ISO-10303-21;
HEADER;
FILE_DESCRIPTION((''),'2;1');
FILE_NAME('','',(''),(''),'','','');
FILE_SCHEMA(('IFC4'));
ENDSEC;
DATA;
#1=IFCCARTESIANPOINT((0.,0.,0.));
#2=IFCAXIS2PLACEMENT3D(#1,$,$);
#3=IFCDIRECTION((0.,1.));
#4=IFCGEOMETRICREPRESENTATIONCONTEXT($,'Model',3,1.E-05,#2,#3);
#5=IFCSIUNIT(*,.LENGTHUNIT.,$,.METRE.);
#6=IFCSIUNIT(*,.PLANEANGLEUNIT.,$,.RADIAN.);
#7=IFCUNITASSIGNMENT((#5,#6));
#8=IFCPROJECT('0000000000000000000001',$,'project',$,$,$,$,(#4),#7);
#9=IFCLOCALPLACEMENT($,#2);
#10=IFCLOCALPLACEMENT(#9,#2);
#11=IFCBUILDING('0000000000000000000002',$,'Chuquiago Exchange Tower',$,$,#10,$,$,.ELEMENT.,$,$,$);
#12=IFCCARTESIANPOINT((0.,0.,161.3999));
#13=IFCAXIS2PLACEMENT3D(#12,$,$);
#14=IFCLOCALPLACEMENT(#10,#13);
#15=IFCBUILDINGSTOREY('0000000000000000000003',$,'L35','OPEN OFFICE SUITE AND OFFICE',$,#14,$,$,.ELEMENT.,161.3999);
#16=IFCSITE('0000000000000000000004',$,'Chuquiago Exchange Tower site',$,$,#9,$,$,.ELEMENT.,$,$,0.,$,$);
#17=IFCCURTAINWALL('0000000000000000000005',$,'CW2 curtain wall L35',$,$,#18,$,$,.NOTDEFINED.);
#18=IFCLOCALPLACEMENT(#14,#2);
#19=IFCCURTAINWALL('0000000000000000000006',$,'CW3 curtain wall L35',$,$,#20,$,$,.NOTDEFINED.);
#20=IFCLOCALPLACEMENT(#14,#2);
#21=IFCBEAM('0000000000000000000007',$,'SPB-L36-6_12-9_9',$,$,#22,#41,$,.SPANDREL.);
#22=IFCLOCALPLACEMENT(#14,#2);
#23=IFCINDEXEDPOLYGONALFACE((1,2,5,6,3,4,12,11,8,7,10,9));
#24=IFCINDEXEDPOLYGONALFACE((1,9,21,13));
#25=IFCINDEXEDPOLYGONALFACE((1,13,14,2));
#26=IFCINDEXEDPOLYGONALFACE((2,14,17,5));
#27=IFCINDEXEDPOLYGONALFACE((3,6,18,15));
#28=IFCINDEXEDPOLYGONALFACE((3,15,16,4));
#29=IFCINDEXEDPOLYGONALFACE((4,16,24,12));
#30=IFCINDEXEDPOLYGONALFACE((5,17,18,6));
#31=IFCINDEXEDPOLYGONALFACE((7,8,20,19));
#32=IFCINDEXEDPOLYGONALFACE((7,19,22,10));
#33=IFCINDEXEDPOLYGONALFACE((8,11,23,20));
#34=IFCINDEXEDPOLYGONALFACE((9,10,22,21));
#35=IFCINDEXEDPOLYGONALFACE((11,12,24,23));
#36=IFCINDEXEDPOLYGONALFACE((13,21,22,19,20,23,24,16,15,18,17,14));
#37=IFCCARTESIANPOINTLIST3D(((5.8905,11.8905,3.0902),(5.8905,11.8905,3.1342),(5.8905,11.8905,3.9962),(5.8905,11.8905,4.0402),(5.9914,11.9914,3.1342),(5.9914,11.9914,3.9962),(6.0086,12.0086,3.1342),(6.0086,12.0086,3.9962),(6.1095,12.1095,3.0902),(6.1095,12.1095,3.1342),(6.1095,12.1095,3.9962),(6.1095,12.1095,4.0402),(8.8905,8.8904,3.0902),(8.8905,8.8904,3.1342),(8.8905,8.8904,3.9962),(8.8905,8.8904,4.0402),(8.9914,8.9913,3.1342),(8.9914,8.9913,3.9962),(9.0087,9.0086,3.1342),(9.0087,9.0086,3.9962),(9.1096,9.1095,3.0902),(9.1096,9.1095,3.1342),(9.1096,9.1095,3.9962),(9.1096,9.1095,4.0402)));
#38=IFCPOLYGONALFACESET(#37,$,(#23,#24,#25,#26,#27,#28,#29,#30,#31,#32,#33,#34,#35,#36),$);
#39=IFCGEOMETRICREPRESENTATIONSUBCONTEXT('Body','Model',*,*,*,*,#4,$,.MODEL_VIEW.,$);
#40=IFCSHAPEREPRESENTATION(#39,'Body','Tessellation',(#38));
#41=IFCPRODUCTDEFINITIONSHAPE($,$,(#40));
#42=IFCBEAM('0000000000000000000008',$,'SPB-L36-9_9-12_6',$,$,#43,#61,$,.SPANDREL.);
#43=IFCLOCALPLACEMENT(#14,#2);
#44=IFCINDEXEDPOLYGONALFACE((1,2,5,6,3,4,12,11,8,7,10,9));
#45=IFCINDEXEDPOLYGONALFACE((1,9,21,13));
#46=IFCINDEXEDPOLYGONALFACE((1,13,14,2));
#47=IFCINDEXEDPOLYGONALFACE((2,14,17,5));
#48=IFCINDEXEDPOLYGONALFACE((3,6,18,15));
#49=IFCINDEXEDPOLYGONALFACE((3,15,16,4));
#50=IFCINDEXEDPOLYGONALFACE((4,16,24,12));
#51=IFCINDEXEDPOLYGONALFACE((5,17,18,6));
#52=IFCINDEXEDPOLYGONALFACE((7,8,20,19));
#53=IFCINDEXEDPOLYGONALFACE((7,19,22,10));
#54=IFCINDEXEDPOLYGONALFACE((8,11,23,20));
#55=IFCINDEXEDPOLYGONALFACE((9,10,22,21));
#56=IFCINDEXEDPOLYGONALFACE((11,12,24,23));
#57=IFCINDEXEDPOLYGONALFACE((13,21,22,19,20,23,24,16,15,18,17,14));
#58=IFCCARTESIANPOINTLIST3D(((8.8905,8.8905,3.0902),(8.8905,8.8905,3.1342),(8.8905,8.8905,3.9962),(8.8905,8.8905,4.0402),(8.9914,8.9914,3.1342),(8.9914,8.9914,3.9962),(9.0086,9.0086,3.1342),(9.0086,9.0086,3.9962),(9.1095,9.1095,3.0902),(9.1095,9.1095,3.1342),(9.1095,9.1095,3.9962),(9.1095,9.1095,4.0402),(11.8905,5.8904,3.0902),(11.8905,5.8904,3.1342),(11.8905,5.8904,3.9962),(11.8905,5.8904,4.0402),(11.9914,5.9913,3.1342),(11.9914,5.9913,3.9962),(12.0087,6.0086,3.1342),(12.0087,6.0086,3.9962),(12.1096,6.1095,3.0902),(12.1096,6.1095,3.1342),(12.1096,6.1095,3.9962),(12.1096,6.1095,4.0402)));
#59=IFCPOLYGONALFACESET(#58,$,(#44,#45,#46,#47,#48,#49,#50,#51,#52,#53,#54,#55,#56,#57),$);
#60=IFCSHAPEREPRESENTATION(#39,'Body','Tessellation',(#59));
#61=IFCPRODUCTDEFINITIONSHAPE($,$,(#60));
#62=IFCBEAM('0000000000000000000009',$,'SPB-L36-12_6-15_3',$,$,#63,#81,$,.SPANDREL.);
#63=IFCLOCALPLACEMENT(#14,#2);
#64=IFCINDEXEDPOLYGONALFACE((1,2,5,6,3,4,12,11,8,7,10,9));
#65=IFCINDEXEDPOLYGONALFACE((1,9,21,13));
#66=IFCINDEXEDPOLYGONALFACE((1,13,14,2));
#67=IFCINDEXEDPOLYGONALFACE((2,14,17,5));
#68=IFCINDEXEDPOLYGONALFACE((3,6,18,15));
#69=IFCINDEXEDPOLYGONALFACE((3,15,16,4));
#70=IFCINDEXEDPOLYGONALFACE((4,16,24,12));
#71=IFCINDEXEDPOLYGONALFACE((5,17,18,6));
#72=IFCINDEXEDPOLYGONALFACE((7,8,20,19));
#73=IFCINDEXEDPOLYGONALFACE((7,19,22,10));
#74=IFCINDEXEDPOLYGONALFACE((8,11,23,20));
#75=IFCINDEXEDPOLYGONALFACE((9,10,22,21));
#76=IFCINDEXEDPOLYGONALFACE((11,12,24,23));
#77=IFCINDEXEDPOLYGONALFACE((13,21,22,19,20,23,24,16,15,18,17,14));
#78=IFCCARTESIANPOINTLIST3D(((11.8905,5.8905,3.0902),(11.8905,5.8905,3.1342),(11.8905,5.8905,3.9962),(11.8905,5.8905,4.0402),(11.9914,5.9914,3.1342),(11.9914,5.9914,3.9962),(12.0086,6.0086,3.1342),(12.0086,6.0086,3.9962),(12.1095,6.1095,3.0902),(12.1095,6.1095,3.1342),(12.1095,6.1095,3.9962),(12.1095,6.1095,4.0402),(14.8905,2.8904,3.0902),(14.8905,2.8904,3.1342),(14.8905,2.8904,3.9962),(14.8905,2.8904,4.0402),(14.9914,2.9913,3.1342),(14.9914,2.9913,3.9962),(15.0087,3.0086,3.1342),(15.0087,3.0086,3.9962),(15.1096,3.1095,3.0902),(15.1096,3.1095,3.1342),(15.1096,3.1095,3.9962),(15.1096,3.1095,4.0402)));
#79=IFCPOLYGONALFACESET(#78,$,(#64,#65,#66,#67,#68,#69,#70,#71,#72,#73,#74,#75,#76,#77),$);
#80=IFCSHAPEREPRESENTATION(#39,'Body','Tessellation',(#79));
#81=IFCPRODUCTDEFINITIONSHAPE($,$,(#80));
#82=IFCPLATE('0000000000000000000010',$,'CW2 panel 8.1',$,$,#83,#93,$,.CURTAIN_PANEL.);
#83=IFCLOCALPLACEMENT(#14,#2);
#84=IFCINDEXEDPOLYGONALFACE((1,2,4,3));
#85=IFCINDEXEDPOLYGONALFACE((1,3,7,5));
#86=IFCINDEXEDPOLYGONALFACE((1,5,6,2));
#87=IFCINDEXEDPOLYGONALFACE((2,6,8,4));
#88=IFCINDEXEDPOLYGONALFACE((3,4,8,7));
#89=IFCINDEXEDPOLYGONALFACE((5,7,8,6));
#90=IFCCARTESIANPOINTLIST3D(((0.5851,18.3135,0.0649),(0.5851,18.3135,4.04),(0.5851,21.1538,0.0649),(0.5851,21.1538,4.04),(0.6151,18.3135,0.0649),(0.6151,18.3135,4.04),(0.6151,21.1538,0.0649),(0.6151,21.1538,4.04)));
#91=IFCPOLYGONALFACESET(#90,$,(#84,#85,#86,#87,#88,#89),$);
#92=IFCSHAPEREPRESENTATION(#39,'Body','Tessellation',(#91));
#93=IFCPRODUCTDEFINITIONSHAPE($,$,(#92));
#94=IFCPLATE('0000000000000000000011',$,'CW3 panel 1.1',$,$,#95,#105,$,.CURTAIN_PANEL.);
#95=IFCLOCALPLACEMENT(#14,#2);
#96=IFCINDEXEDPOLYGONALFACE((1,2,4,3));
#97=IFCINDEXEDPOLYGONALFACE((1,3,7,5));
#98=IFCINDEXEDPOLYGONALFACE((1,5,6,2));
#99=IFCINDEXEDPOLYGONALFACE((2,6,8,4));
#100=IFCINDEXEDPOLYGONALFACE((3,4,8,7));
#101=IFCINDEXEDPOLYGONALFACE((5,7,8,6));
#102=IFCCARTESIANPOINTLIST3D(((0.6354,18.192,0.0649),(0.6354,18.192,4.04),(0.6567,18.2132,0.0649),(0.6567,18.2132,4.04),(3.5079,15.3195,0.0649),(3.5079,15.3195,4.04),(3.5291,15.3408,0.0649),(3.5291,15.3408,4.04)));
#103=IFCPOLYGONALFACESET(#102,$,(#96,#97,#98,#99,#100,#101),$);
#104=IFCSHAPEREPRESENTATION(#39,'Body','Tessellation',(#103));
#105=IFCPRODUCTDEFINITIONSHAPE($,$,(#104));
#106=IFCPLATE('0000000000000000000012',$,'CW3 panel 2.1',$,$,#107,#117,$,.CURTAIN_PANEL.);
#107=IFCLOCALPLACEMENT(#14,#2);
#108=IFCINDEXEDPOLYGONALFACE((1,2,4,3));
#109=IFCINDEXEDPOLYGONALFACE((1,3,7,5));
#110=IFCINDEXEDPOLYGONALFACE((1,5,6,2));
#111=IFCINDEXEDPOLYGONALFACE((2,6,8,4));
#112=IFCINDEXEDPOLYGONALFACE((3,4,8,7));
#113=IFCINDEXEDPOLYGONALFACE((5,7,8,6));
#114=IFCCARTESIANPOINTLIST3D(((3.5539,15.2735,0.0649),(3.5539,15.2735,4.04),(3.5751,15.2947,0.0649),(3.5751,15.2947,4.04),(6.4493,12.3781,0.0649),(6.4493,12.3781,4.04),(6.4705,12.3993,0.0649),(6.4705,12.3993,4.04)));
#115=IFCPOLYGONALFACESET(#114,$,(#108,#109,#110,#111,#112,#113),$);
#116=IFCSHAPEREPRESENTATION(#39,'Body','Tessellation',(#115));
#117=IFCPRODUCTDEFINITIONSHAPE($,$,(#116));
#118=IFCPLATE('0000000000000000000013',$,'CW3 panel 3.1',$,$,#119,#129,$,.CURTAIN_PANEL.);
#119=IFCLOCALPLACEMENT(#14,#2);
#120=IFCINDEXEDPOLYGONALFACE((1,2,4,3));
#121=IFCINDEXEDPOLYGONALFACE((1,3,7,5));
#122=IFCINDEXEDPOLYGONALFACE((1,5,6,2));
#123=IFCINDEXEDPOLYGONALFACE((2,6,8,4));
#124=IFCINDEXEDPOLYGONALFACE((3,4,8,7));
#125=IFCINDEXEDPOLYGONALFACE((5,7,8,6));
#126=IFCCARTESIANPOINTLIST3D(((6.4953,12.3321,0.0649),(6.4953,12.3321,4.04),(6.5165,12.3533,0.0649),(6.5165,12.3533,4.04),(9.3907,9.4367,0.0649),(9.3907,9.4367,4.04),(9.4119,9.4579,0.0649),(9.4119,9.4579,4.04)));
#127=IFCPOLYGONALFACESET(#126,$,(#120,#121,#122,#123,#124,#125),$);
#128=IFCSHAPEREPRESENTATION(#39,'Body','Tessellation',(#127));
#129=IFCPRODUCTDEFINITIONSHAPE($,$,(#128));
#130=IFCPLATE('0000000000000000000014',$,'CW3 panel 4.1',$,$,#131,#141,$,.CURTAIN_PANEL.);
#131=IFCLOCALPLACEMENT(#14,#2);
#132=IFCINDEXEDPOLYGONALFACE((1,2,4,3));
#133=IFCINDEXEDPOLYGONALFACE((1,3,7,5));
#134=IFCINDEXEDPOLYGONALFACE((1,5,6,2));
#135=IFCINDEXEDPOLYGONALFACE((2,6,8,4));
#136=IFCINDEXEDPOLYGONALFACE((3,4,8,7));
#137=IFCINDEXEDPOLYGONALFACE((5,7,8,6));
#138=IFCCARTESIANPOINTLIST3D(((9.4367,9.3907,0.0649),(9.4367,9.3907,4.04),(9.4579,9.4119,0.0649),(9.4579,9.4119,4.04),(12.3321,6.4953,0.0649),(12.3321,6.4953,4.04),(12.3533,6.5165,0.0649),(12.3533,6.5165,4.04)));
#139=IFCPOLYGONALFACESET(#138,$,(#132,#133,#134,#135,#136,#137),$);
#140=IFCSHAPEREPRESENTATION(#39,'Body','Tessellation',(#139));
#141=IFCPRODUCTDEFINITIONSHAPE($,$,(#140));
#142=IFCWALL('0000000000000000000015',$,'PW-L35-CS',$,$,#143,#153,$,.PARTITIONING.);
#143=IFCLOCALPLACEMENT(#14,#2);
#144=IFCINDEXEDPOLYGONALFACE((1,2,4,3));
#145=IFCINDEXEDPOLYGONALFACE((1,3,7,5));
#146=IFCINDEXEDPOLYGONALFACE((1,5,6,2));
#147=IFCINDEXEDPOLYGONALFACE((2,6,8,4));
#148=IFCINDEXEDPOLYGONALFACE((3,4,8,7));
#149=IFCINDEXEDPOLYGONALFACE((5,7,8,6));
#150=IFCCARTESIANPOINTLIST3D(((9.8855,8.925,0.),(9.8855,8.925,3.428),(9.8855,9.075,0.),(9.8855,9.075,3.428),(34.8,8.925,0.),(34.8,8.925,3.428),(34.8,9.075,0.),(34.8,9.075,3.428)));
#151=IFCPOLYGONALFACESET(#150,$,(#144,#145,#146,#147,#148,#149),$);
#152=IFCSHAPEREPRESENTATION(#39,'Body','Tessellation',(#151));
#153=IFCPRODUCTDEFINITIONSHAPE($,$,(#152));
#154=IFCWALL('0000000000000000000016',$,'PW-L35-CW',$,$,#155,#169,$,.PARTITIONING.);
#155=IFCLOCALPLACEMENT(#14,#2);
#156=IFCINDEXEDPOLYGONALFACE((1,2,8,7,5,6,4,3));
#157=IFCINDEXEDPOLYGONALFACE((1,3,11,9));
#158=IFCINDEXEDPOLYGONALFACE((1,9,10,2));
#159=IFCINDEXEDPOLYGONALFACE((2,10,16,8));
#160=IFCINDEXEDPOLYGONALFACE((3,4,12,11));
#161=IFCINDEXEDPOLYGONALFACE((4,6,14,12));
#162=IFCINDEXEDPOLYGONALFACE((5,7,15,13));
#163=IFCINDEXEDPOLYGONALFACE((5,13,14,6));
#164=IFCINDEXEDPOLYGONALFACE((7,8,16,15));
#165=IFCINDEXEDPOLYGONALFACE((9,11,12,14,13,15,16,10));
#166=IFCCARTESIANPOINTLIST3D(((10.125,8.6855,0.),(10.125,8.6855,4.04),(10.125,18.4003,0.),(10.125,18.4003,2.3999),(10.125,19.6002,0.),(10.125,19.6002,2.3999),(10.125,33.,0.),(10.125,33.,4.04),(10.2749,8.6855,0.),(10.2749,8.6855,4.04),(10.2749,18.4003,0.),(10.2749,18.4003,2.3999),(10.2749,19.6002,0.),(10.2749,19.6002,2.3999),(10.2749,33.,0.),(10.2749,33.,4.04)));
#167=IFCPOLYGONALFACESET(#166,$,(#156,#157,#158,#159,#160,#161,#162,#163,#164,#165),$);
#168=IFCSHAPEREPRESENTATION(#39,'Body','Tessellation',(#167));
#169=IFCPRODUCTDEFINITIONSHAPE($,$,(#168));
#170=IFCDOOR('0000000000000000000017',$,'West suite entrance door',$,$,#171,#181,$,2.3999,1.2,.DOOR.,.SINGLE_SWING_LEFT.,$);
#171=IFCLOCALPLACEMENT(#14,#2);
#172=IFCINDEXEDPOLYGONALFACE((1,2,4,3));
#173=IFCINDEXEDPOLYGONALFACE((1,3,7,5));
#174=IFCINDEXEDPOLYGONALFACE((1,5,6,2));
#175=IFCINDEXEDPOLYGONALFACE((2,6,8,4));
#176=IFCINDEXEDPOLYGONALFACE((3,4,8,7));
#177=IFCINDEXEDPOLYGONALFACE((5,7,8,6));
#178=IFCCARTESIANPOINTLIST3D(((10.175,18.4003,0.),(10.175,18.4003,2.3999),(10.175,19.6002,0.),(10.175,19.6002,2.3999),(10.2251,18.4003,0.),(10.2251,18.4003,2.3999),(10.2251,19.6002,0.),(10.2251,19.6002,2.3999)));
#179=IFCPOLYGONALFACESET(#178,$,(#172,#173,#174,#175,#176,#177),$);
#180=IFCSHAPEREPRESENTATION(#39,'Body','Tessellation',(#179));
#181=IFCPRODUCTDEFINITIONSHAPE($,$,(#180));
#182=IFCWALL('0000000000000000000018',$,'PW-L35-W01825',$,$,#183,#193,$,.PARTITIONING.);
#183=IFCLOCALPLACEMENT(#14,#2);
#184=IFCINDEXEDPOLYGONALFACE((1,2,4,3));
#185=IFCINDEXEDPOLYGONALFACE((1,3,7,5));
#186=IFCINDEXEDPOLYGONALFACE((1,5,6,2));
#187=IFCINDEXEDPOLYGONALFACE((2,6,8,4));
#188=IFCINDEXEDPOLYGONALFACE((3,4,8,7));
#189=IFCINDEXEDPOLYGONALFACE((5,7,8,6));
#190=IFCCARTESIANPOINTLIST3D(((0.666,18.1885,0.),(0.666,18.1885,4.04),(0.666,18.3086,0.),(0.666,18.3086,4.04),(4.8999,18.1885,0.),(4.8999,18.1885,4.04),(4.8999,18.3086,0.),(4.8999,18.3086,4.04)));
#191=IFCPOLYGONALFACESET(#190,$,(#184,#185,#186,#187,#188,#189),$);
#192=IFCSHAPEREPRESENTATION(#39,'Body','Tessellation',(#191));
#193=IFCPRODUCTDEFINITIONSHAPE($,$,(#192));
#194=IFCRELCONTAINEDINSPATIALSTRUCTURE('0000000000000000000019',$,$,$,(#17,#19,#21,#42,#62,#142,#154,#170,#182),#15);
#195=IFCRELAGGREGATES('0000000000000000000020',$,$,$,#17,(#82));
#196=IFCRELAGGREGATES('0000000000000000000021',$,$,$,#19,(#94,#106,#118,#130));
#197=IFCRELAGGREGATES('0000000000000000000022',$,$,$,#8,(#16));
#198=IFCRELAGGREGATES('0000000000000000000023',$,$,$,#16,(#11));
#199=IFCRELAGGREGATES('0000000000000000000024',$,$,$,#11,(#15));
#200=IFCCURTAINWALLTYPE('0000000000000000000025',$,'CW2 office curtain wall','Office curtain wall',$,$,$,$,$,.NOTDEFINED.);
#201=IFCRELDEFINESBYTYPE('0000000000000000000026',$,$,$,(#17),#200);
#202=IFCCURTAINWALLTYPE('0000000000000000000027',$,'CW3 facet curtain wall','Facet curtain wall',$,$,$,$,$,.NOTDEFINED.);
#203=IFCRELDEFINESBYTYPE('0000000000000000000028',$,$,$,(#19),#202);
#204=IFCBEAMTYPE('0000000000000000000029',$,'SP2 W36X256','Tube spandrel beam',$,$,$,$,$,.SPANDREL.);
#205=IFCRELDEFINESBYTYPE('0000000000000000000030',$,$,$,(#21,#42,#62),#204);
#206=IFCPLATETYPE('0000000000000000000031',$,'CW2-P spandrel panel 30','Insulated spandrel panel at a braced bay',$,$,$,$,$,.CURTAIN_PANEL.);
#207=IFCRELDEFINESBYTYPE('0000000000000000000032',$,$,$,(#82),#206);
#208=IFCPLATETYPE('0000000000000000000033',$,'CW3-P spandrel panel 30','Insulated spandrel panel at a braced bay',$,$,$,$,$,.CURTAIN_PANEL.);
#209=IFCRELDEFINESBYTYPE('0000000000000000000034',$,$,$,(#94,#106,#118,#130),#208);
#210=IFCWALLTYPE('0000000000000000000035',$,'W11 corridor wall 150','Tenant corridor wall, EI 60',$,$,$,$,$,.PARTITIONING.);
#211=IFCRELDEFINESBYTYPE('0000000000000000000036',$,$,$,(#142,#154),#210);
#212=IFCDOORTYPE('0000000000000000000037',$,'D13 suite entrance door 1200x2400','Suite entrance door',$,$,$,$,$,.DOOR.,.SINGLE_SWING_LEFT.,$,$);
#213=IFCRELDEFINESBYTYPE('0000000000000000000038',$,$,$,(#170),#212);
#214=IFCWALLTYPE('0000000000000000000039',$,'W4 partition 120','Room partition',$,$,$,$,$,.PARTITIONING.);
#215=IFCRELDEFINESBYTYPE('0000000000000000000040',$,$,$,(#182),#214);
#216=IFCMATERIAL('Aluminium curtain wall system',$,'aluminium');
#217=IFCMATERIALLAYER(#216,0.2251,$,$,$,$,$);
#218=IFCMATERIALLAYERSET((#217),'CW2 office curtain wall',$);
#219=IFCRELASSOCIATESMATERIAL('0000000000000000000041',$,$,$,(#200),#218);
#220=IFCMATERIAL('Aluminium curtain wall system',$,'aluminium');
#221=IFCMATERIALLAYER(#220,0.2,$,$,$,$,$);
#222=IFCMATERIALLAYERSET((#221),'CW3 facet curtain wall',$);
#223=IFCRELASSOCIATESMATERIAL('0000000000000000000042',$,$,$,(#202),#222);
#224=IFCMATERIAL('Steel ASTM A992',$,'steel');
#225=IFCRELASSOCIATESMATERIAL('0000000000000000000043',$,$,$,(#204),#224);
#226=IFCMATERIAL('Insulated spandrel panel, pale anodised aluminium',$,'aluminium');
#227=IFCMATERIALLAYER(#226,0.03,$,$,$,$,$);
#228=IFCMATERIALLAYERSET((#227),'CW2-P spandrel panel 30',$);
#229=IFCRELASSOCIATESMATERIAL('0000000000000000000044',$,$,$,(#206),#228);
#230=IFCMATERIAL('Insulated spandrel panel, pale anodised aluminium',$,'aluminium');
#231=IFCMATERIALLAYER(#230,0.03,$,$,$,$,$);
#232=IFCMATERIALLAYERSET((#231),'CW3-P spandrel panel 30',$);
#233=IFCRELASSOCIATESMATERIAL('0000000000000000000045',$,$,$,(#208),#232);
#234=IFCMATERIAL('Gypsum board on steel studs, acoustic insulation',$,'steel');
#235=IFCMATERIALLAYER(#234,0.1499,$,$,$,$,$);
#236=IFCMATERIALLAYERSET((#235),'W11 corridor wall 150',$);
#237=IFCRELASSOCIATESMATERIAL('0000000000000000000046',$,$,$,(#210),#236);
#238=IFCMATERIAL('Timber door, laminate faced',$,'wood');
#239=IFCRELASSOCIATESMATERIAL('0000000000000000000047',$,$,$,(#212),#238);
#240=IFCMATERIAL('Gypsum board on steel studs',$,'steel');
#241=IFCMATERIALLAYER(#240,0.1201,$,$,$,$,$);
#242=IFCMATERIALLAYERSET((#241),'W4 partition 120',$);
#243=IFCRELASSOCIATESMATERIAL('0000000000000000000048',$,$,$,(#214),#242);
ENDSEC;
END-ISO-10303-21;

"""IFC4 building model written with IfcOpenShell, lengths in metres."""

from ifc_helpers import new_model, si_unit, direction, frame, frame_2d, origin, origin_2d, place, context, subcontext, project, spatial, rectangle, i_section, extrude, material, layer, layer_set, material_profile, profile_set, type_object, element, fill, aggregate, save


model = new_model("IFC4")

# Units and contexts
model_context = context("Model", 3, precision=1e-05, world=origin(), true_north=direction((0.0, 1.0)))
body_context = subcontext(model_context, "Body", "Model", "MODEL_VIEW")
ifc_project = project(units=[si_unit("LENGTHUNIT", "METRE"), si_unit("PLANEANGLEUNIT", "RADIAN")], contexts=[model_context])

# Site, building, storey
site_placement = place(None, origin())
site = spatial("IfcSite", under=ifc_project, at=site_placement, Name="Chuquiago Exchange Tower site", CompositionType="ELEMENT", RefElevation=0.0)
building_placement = place(site_placement, origin())
building = spatial("IfcBuilding", under=site, at=building_placement, Name="Chuquiago Exchange Tower", CompositionType="ELEMENT")
storey_placement = place(building_placement, frame((0.0, 0.0, 161.3999)))
storey = spatial("IfcBuildingStorey", under=building, at=storey_placement, Name="L35", Description="OPEN OFFICE SUITE AND OFFICE", CompositionType="ELEMENT", Elevation=161.3999)

# Curtain wall
ifc_material_1 = material(Name="Aluminium curtain wall system", Category="aluminium")
ifc_layer_1 = layer(ifc_material_1, 0.2251)
ifc_layer_set_1 = layer_set([ifc_layer_1], Name="CW2 office curtain wall")
curtain_wall_type_1 = type_object("IfcCurtainWallType", Name="CW2 office curtain wall", Description="Office curtain wall", PredefinedType="NOTDEFINED", material=ifc_layer_set_1)
curtain_wall_1_placement = place(storey_placement, origin())
curtain_wall_1 = element("IfcCurtainWall", 1, at=curtain_wall_1_placement, inside=storey, type_object=curtain_wall_type_1, Name="CW2 curtain wall L35", PredefinedType="NOTDEFINED")

# Curtain wall
ifc_material_2 = material(Name="Aluminium curtain wall system", Category="aluminium")
ifc_layer_2 = layer(ifc_material_2, 0.2)
ifc_layer_set_2 = layer_set([ifc_layer_2], Name="CW3 facet curtain wall")
curtain_wall_type_2 = type_object("IfcCurtainWallType", Name="CW3 facet curtain wall", Description="Facet curtain wall", PredefinedType="NOTDEFINED", material=ifc_layer_set_2)
curtain_wall_2_placement = place(storey_placement, origin())
curtain_wall_2 = element("IfcCurtainWall", 2, at=curtain_wall_2_placement, inside=storey, type_object=curtain_wall_type_2, Name="CW3 curtain wall L35", PredefinedType="NOTDEFINED")

# Beams
ifc_material_3 = material(Name="Steel ASTM A992", Category="steel")
ifc_material_profile_1 = material_profile(ifc_material_3, i_section(OverallWidth=0.3098, OverallDepth=0.95, WebThickness=0.0244, FlangeThickness=0.0439, at=origin_2d()), Name="W36X256")
ifc_profile_set_1 = profile_set([ifc_material_profile_1], Name="Steel ASTM A992")
beam_type_1 = type_object("IfcBeamType", Name="SP2 W36X256", Description="Tube spandrel beam", PredefinedType="SPANDREL", material=ifc_profile_set_1)
for number, where, z_axis, x_axis, name in (
    (3, (6.0, 12.0, 3.5652), (0.707107, -0.707107, 0.0), (0.707107, 0.707107, 0.0), "SPB-L36-6_12-9_9"),
    (4, (9.0, 9.0, 3.5652), (0.707107, -0.707107, 0.0), (0.707107, 0.707107, 0.0), "SPB-L36-9_9-12_6"),
    (5, (12.0, 6.0, 3.5652), (0.707107, -0.707107, 0.0), (0.707107, 0.707107, 0.0), "SPB-L36-12_6-15_3"),
):
    element("IfcBeam", number, at=place(storey_placement, frame(where, z_axis=z_axis, x_axis=x_axis)), inside=storey, type_object=beam_type_1, Name=name, PredefinedType="SPANDREL", context=body_context, shape_type="SweptSolid", body=[
        extrude(i_section(OverallWidth=0.3098, OverallDepth=0.95, WebThickness=0.0244, FlangeThickness=0.0439, at=origin_2d()), origin(), (0.0, 0.0, 1.0), 4.2427),
    ])

# Plates
ifc_material_4 = material(Name="Insulated spandrel panel, pale anodised aluminium", Category="aluminium")
ifc_layer_3 = layer(ifc_material_4, 0.03)
ifc_layer_set_3 = layer_set([ifc_layer_3], Name="CW2-P spandrel panel 30")
plate_type_1 = type_object("IfcPlateType", Name="CW2-P spandrel panel 30", Description="Insulated spandrel panel at a braced bay", PredefinedType="CURTAIN_PANEL", material=ifc_layer_set_3)
plate_1_placement = place(storey_placement, frame((0.6001, 19.7336, 0.0649), z_axis=(0.0, 0.0, 1.0), x_axis=(0.0, -1.0, 0.0)))
plate_1 = element("IfcPlate", 6, at=plate_1_placement, type_object=plate_type_1, Name="CW2 panel 8.1", PredefinedType="CURTAIN_PANEL", context=body_context, shape_type="SweptSolid", body=[
    extrude(rectangle(XDim=2.8403, YDim=0.03, at=origin_2d()), origin(), (0.0, 0.0, 1.0), 3.9751),
])
aggregate(curtain_wall_1, [plate_1])
ifc_material_5 = material(Name="Insulated spandrel panel, pale anodised aluminium", Category="aluminium")
ifc_layer_4 = layer(ifc_material_5, 0.03)
ifc_layer_set_4 = layer_set([ifc_layer_4], Name="CW3-P spandrel panel 30")
plate_type_2 = type_object("IfcPlateType", Name="CW3-P spandrel panel 30", Description="Insulated spandrel panel at a braced bay", PredefinedType="CURTAIN_PANEL", material=ifc_layer_set_4)
plate_2_placement = place(storey_placement, frame((2.0823, 16.7664, 0.0649), z_axis=(0.0, 0.0, 1.0), x_axis=(0.707107, -0.707107, 0.0)))
plate_2 = element("IfcPlate", 7, at=plate_2_placement, type_object=plate_type_2, Name="CW3 panel 1.1", PredefinedType="CURTAIN_PANEL", context=body_context, shape_type="SweptSolid", body=[
    extrude(rectangle(XDim=4.0623, YDim=0.03, at=origin_2d()), origin(), (0.0, 0.0, 1.0), 3.9751),
])
plate_3_placement = place(storey_placement, frame((5.0122, 13.8364, 0.0649), z_axis=(0.0, 0.0, 1.0), x_axis=(0.707107, -0.707107, 0.0)))
plate_3 = element("IfcPlate", 8, at=plate_3_placement, type_object=plate_type_2, Name="CW3 panel 2.1", PredefinedType="CURTAIN_PANEL", context=body_context, shape_type="SweptSolid", body=[
    extrude(rectangle(XDim=4.0947, YDim=0.03, at=origin_2d()), origin(), (0.0, 0.0, 1.0), 3.9751),
])
plate_4_placement = place(storey_placement, frame((7.9536, 10.895, 0.0649), z_axis=(0.0, 0.0, 1.0), x_axis=(0.707107, -0.707107, 0.0)))
plate_4 = element("IfcPlate", 9, at=plate_4_placement, type_object=plate_type_2, Name="CW3 panel 3.1", PredefinedType="CURTAIN_PANEL", context=body_context, shape_type="SweptSolid", body=[
    extrude(rectangle(XDim=4.0947, YDim=0.03, at=origin_2d()), origin(), (0.0, 0.0, 1.0), 3.9751),
])
plate_5_placement = place(storey_placement, frame((10.895, 7.9536, 0.0649), z_axis=(0.0, 0.0, 1.0), x_axis=(0.707107, -0.707107, 0.0)))
plate_5 = element("IfcPlate", 10, at=plate_5_placement, type_object=plate_type_2, Name="CW3 panel 4.1", PredefinedType="CURTAIN_PANEL", context=body_context, shape_type="SweptSolid", body=[
    extrude(rectangle(XDim=4.0947, YDim=0.03, at=origin_2d()), origin(), (0.0, 0.0, 1.0), 3.9751),
])
aggregate(curtain_wall_2, [plate_2, plate_3, plate_4, plate_5])

# Wall
ifc_material_6 = material(Name="Gypsum board on steel studs, acoustic insulation", Category="steel")
ifc_layer_5 = layer(ifc_material_6, 0.1499)
ifc_layer_set_5 = layer_set([ifc_layer_5], Name="W11 corridor wall 150")
wall_type_1 = type_object("IfcWallType", Name="W11 corridor wall 150", Description="Tenant corridor wall, EI 60", PredefinedType="PARTITIONING", material=ifc_layer_set_5)
wall_1_placement = place(storey_placement, frame((9.8855, 9.0, 0.0), z_axis=(0.0, 0.0, 1.0), x_axis=(1.0, 0.0, 0.0)))
element("IfcWall", 11, at=wall_1_placement, inside=storey, type_object=wall_type_1, Name="PW-L35-CS", PredefinedType="PARTITIONING", context=body_context, shape_type="SweptSolid", body=[
    extrude(rectangle(XDim=24.9146, YDim=0.1499, at=frame_2d((12.4573, 0.0))), origin(), (0.0, 0.0, 1.0), 3.428),
])

# Wall, opening, door
wall_2_placement = place(storey_placement, frame((10.2, 8.6855, 0.0), z_axis=(0.0, 0.0, 1.0), x_axis=(0.0, 1.0, 0.0)))
wall_2 = element("IfcWall", 12, at=wall_2_placement, inside=storey, type_object=wall_type_1, Name="PW-L35-CW", PredefinedType="PARTITIONING", context=body_context, shape_type="SweptSolid", body=[
    extrude(rectangle(XDim=24.3145, YDim=0.1499, at=frame_2d((12.1572, 0.0))), origin(), (0.0, 0.0, 1.0), 4.04),
])
opening_1_placement = place(wall_2_placement, frame((9.7146, 0.0, 0.0)))
opening_1 = element("IfcOpeningElement", 13, at=opening_1_placement, cuts=wall_2, PredefinedType="OPENING", context=body_context, shape_type="SweptSolid", body=[
    extrude(rectangle(XDim=1.2, YDim=2.3999, at=frame_2d((0.6001, 1.2))), frame((0.0, 0.085, 0.0), z_axis=(0.0, -1.0, 0.0), x_axis=(1.0, 0.0, 0.0)), (0.0, 0.0, 1.0), 0.1699),
])
ifc_material_7 = material(Name="Timber door, laminate faced", Category="wood")
door_type_1 = type_object("IfcDoorType", Name="D13 suite entrance door 1200x2400", Description="Suite entrance door", OperationType="SINGLE_SWING_LEFT", PredefinedType="DOOR", material=ifc_material_7)
door_1_placement = place(opening_1_placement, origin())
door_1 = element("IfcDoor", 14, at=door_1_placement, inside=storey, type_object=door_type_1, Name="West suite entrance door", OperationType="SINGLE_SWING_LEFT", OverallHeight=2.3999, OverallWidth=1.2, PredefinedType="DOOR", context=body_context, shape_type="SweptSolid", body=[
    extrude(rectangle(XDim=1.2, YDim=2.3999, at=frame_2d((0.6001, 1.2))), frame((0.0, 0.0249, 0.0), z_axis=(0.0, -1.0, 0.0), x_axis=(1.0, 0.0, 0.0)), (0.0, 0.0, 1.0), 0.05),
])
fill(opening_1, door_1)

# Wall
ifc_material_8 = material(Name="Gypsum board on steel studs", Category="steel")
ifc_layer_6 = layer(ifc_material_8, 0.1201)
ifc_layer_set_6 = layer_set([ifc_layer_6], Name="W4 partition 120")
wall_type_2 = type_object("IfcWallType", Name="W4 partition 120", Description="Room partition", PredefinedType="PARTITIONING", material=ifc_layer_set_6)
wall_3_placement = place(storey_placement, frame((0.666, 18.2485, 0.0), z_axis=(0.0, 0.0, 1.0), x_axis=(1.0, 0.0, 0.0)))
element("IfcWall", 15, at=wall_3_placement, inside=storey, type_object=wall_type_2, Name="PW-L35-W01825", PredefinedType="PARTITIONING", context=body_context, shape_type="SweptSolid", body=[
    extrude(rectangle(XDim=4.2339, YDim=0.1201, at=frame_2d((2.1169, 0.0))), origin(), (0.0, 0.0, 1.0), 4.04),
])

save(model, "model.ifc")
